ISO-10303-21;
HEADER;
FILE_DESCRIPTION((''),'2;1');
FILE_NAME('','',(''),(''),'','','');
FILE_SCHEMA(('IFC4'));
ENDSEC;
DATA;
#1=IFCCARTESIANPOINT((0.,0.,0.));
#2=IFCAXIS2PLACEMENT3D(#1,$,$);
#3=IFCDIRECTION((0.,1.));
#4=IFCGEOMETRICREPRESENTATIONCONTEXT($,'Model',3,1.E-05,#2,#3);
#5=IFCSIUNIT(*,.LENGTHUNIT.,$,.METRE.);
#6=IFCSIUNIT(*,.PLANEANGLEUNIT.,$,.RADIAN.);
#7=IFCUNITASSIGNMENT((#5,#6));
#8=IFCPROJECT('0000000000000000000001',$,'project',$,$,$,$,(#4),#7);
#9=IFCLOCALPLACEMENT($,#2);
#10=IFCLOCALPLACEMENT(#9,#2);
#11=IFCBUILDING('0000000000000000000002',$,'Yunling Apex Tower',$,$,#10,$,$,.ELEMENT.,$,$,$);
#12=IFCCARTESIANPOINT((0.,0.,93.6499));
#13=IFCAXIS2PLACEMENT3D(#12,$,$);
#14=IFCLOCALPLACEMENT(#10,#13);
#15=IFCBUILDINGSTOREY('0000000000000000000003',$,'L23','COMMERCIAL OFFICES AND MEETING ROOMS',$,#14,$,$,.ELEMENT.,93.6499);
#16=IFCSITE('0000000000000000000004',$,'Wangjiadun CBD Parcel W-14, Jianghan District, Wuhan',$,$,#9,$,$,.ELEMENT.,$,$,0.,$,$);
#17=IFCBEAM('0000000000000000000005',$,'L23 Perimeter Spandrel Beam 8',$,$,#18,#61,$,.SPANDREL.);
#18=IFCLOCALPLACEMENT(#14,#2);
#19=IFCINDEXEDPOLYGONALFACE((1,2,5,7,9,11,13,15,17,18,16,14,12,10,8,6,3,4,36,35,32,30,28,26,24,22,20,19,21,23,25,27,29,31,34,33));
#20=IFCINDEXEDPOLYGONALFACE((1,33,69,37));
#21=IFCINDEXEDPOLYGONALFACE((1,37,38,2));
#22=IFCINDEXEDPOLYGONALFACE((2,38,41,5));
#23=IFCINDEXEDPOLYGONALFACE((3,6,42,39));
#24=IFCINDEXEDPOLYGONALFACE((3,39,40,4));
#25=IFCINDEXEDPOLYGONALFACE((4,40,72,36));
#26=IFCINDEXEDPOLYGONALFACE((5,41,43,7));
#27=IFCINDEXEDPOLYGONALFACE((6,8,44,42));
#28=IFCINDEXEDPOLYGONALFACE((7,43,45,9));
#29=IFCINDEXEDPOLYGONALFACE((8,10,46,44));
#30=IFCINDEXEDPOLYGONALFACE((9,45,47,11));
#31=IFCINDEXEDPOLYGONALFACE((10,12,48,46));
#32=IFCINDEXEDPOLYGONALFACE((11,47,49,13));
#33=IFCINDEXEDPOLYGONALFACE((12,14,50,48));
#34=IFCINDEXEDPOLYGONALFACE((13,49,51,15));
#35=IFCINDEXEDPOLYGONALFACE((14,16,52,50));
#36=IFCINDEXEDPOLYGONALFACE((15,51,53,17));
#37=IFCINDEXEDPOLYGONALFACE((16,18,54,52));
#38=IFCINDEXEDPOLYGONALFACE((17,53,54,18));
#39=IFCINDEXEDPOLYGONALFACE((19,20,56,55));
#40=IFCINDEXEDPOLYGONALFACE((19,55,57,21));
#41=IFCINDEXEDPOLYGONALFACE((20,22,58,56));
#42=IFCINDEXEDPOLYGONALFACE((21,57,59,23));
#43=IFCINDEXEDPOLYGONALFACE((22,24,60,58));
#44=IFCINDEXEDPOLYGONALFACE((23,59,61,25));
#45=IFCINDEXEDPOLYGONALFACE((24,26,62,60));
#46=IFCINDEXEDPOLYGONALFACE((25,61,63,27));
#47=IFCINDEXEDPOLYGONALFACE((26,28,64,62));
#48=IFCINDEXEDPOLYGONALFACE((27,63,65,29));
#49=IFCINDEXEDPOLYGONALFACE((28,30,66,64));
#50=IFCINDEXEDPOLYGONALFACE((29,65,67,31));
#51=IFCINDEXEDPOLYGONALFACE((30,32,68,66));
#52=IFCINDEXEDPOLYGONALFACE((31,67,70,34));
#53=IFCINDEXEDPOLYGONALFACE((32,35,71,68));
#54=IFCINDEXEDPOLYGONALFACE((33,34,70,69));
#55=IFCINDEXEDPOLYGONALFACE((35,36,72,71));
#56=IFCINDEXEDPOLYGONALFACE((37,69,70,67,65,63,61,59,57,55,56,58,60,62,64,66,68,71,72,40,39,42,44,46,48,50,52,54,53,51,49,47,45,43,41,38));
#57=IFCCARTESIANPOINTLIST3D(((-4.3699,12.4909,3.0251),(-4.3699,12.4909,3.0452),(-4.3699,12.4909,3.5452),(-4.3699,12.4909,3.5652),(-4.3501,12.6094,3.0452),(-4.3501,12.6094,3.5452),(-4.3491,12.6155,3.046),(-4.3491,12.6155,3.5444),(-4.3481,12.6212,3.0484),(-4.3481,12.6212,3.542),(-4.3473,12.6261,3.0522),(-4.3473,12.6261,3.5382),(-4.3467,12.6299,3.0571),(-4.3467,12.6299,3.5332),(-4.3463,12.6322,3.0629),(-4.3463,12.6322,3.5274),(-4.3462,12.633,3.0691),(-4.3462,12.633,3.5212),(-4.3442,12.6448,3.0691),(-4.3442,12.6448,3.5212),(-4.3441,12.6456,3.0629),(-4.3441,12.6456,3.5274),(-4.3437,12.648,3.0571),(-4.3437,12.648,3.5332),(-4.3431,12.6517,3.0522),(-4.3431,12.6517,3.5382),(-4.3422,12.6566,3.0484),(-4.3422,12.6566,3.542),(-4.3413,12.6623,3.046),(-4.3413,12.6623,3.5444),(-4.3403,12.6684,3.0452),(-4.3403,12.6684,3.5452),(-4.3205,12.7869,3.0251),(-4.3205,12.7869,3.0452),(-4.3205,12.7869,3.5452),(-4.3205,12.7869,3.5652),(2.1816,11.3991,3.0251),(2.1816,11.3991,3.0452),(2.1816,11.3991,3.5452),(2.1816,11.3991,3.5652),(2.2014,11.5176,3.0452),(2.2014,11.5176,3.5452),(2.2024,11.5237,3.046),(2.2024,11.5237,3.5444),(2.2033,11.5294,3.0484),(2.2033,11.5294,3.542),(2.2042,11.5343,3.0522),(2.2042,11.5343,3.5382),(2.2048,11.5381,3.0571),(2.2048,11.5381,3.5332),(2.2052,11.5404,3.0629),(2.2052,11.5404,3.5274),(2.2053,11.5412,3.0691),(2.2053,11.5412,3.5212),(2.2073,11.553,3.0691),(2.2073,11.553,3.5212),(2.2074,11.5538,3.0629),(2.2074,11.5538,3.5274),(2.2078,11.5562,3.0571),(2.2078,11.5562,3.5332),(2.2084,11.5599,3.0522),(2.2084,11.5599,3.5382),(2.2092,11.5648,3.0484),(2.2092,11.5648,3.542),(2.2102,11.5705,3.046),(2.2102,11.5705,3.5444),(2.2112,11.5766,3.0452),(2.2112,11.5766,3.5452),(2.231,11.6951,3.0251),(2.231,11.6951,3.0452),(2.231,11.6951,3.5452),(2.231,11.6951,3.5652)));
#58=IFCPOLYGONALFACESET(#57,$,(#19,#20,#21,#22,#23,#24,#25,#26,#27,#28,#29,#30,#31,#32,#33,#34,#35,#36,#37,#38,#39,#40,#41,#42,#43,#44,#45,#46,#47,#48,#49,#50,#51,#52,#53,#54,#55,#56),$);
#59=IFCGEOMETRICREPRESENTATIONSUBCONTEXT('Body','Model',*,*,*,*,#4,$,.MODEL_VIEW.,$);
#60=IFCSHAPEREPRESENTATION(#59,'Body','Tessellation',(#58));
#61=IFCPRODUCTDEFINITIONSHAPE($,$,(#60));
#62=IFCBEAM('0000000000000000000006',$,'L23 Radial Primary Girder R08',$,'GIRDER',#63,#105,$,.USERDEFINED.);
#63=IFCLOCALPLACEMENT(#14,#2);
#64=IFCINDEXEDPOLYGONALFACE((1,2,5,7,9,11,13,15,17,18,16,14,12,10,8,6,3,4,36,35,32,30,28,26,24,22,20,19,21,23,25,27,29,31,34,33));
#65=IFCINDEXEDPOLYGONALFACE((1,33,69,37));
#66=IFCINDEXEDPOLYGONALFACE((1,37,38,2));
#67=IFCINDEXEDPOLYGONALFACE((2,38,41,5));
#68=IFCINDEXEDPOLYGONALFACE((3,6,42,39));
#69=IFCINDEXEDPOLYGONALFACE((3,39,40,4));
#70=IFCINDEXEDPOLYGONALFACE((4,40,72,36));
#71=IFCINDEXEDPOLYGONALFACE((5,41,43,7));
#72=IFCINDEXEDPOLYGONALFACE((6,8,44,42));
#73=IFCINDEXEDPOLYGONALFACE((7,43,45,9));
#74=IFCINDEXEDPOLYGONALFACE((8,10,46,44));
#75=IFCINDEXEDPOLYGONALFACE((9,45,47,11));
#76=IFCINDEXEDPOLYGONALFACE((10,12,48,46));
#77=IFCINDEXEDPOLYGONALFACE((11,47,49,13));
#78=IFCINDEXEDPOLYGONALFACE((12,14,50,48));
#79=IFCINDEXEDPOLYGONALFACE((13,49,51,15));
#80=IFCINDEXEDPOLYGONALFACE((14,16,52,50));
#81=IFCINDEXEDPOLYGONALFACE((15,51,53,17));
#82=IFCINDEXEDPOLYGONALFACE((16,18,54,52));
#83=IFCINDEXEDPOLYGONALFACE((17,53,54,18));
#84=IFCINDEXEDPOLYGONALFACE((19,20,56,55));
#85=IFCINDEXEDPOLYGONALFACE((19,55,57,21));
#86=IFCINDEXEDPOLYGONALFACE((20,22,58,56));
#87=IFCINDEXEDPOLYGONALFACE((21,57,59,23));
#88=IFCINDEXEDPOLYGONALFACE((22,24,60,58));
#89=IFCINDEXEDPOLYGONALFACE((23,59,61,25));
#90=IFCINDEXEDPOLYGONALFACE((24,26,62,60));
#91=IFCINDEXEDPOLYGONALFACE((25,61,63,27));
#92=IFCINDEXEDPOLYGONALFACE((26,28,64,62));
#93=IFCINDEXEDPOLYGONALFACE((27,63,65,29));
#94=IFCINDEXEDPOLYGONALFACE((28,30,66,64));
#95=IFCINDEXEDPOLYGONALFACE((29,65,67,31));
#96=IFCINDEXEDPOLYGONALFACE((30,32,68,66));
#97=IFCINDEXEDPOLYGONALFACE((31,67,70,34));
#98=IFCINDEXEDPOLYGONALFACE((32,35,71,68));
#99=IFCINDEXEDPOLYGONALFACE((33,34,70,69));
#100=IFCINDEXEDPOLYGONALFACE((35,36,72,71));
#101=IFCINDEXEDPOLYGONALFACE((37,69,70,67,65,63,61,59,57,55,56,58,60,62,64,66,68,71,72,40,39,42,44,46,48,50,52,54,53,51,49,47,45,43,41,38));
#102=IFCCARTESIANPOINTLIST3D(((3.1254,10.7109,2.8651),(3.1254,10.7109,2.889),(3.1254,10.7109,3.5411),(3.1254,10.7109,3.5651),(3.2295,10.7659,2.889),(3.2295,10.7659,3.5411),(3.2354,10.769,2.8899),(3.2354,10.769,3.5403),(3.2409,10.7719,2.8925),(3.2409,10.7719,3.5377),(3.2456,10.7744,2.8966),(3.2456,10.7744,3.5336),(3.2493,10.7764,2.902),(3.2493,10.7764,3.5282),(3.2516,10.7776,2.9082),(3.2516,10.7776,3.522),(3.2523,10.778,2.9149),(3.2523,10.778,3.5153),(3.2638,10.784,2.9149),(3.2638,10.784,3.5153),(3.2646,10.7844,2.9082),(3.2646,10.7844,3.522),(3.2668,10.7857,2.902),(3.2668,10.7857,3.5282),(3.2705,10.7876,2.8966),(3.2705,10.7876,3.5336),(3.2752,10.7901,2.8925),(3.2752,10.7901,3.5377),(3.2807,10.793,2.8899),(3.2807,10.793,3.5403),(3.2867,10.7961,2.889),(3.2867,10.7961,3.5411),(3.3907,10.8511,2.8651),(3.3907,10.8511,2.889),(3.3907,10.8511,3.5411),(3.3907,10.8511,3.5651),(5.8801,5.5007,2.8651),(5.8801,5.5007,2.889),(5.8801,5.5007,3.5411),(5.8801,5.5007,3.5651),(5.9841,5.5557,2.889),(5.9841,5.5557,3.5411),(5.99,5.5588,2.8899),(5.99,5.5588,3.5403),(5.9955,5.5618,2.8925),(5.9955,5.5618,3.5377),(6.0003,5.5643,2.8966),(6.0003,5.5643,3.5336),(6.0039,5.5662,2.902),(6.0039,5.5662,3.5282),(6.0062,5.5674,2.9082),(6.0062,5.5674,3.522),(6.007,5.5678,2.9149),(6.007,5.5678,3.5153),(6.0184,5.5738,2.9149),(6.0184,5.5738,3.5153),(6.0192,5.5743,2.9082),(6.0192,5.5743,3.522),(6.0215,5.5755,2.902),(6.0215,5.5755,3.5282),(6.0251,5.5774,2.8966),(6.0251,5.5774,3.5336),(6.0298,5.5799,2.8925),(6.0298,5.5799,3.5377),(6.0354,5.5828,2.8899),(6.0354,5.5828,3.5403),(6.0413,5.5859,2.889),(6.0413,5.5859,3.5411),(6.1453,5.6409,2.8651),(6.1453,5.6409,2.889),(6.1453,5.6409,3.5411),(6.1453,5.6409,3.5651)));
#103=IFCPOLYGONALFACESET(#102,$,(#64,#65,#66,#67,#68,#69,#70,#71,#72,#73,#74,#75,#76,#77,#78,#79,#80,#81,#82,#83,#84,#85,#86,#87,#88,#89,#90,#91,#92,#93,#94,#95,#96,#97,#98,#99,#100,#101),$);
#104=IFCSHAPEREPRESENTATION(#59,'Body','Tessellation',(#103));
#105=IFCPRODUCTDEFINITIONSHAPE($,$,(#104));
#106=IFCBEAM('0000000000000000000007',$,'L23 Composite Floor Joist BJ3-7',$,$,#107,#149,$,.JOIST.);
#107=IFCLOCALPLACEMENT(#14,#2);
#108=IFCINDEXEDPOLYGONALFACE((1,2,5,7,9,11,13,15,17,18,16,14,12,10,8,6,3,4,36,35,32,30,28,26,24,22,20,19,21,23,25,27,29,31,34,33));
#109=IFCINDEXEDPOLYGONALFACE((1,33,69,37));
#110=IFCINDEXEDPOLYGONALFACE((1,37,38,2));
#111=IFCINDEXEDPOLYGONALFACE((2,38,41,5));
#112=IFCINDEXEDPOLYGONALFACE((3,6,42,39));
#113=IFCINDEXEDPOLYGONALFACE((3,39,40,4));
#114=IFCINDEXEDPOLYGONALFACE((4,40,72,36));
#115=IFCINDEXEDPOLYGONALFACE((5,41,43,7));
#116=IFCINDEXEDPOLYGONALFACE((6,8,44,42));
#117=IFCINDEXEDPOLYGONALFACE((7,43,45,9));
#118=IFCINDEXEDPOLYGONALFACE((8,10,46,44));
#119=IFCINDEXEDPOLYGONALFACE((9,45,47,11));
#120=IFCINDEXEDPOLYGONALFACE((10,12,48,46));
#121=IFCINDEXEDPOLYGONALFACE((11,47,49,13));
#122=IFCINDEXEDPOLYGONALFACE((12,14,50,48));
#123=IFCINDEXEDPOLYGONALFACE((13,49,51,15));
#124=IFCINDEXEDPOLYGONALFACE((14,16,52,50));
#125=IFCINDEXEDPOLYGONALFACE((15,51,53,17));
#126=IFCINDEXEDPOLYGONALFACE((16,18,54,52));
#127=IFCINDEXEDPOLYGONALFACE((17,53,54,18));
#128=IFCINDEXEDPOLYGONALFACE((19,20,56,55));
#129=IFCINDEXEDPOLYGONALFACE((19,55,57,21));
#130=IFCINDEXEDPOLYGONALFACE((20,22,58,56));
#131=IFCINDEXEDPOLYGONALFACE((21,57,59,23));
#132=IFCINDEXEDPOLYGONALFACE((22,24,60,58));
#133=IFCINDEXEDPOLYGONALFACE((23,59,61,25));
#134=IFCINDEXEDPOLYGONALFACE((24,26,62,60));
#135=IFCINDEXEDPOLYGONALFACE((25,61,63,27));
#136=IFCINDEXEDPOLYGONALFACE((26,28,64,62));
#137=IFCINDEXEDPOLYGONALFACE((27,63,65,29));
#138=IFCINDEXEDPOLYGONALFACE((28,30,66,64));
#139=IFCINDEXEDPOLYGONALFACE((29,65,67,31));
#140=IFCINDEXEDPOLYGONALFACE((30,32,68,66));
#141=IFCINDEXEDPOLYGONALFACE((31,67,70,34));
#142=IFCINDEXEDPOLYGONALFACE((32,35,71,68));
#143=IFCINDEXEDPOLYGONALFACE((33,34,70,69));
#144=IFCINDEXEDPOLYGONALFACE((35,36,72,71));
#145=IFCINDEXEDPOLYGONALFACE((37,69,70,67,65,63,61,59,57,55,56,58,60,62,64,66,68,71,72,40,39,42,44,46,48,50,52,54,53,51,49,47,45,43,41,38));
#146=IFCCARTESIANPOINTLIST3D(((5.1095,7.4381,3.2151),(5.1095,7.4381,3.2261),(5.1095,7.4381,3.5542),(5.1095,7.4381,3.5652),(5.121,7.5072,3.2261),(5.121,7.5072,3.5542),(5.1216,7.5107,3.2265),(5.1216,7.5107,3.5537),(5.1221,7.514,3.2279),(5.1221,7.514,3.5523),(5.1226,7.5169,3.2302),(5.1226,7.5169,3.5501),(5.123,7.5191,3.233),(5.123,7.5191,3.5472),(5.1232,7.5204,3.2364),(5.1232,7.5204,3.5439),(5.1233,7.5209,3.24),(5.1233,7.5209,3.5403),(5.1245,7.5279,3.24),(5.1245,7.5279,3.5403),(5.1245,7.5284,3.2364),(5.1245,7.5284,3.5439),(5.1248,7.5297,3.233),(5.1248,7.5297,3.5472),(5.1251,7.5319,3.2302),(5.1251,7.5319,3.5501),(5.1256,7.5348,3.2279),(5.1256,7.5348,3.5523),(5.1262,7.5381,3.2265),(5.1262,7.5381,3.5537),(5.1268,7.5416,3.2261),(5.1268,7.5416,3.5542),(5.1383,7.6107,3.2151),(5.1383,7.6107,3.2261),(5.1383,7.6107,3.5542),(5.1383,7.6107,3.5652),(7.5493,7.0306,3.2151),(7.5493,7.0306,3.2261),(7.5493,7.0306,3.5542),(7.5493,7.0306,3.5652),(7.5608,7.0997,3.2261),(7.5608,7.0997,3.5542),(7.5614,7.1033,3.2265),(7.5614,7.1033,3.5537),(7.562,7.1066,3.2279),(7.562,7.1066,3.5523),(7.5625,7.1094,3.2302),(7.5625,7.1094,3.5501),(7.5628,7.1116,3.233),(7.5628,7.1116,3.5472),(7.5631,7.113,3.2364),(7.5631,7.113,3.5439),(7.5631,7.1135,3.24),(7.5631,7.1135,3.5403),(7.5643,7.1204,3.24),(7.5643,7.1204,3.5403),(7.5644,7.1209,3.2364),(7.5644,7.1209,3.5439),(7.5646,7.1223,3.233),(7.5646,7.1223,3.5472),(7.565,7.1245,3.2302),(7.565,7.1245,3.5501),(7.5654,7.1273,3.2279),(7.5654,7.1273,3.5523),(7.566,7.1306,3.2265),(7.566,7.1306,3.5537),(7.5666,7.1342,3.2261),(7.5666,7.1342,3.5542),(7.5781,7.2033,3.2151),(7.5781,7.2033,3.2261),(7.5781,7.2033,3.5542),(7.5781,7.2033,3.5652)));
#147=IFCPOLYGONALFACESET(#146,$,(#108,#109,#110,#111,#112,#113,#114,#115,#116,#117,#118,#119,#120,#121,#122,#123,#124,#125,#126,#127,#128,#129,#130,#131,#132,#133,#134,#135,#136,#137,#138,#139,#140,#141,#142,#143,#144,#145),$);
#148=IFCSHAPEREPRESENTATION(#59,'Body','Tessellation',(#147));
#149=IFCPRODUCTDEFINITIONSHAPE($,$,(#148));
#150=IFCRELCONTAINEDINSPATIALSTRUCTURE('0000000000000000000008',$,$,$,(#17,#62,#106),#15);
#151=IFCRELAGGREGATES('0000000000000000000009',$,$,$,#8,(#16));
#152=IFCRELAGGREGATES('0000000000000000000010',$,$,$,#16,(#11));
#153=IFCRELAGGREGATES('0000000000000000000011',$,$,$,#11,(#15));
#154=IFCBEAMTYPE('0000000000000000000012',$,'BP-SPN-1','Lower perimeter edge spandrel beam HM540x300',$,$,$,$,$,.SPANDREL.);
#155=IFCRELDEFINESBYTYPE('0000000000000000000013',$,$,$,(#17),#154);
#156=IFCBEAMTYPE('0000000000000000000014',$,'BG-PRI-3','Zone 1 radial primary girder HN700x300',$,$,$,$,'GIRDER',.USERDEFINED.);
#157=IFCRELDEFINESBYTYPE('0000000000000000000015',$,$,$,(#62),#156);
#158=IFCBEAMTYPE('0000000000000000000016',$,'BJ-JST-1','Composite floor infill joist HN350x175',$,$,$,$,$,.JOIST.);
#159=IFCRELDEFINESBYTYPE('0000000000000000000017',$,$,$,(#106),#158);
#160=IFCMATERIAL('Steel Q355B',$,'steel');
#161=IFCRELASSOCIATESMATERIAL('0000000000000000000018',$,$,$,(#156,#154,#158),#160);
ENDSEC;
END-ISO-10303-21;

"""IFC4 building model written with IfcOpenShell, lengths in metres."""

from ifc_helpers import new_model, si_unit, direction, frame, origin, origin_2d, place, context, subcontext, project, spatial, i_section, extrude, source, transform, mapped, material, material_profile, profile_set, type_object, element, save


model = new_model("IFC4")

# Units and contexts
model_context = context("Model", 3, precision=1e-05, world=origin(), true_north=direction((0.0, 1.0)))
body_context = subcontext(model_context, "Body", "Model", "MODEL_VIEW")
ifc_project = project(units=[si_unit("LENGTHUNIT", "METRE"), si_unit("PLANEANGLEUNIT", "RADIAN")], contexts=[model_context])

# Site, building, storey
site_placement = place(None, origin())
site = spatial("IfcSite", under=ifc_project, at=site_placement, Name="Wangjiadun CBD Parcel W-14, Jianghan District, Wuhan", CompositionType="ELEMENT", RefElevation=0.0)
building_placement = place(site_placement, origin())
building = spatial("IfcBuilding", under=site, at=building_placement, Name="Yunling Apex Tower", CompositionType="ELEMENT")
storey_placement = place(building_placement, frame((0.0, 0.0, 93.6499)))
storey = spatial("IfcBuildingStorey", under=building, at=storey_placement, Name="L23", Description="COMMERCIAL OFFICES AND MEETING ROOMS", CompositionType="ELEMENT", Elevation=93.6499)

# Beams
ifc_material_1 = material(Name="Steel Q355B", Category="steel")
ifc_material_profile_1 = material_profile(ifc_material_1, i_section(OverallWidth=0.3, OverallDepth=0.7, WebThickness=0.0129, FlangeThickness=0.0239, FilletRadius=0.0259, at=origin_2d()))
ifc_profile_set_1 = profile_set([ifc_material_profile_1], Name="Steel Q355B")
beam_type_1 = type_object("IfcBeamType", Name="BG-PRI-3", Description="Zone 1 radial primary girder HN700x300", ElementType="GIRDER", PredefinedType="USERDEFINED", material=ifc_profile_set_1)
ifc_material_profile_2 = material_profile(ifc_material_1, i_section(OverallWidth=0.3, OverallDepth=0.54, WebThickness=0.012, FlangeThickness=0.02, FilletRadius=0.0239, at=origin_2d()))
ifc_profile_set_2 = profile_set([ifc_material_profile_2], Name="Steel Q355B")
beam_type_2 = type_object("IfcBeamType", Name="BP-SPN-1", Description="Lower perimeter edge spandrel beam HM540x300", PredefinedType="SPANDREL", material=ifc_profile_set_2)
shared_shape_1 = source(origin(), body_context, "Body", "SweptSolid", [
    extrude(i_section(OverallWidth=0.3, OverallDepth=0.54, WebThickness=0.012, FlangeThickness=0.02, FilletRadius=0.0239, at=origin_2d()), origin(), (0.0, 0.0, 1.0), 6.6418),
])
beam_1_placement = place(storey_placement, frame((2.2063, 11.5471, 3.2952), z_axis=(-0.986397, 0.164381, 0.0), x_axis=(-0.164381, -0.986397, 0.0)))
element("IfcBeam", 1, at=beam_1_placement, inside=storey, type_object=beam_type_2, Name="L23 Perimeter Spandrel Beam 8", PredefinedType="SPANDREL", context=body_context, shape_type="MappedRepresentation", body=[
    mapped(shared_shape_1, transform((0.0, 0.0, 0.0), scale=1.0)),
])
shared_shape_2 = source(origin(), body_context, "Body", "SweptSolid", [
    extrude(i_section(OverallWidth=0.3, OverallDepth=0.7, WebThickness=0.0129, FlangeThickness=0.0239, FilletRadius=0.0259, at=origin_2d()), origin(), (0.0, 0.0, 1.0), 5.8936),
])
beam_2_placement = place(storey_placement, frame((3.2581, 10.781, 3.2151), z_axis=(0.467397, -0.884048, 0.0), x_axis=(0.884048, 0.467397, 0.0)))
element("IfcBeam", 2, at=beam_2_placement, inside=storey, type_object=beam_type_1, Name="L23 Radial Primary Girder R08", ObjectType="GIRDER", PredefinedType="USERDEFINED", context=body_context, shape_type="MappedRepresentation", body=[
    mapped(shared_shape_2, transform((0.0, 0.0, 0.0), scale=1.0)),
])
ifc_material_profile_3 = material_profile(ifc_material_1, i_section(OverallWidth=0.175, OverallDepth=0.3501, WebThickness=0.0071, FlangeThickness=0.011, FilletRadius=0.0139, at=origin_2d()))
ifc_profile_set_3 = profile_set([ifc_material_profile_3], Name="Steel Q355B")
beam_type_3 = type_object("IfcBeamType", Name="BJ-JST-1", Description="Composite floor infill joist HN350x175", PredefinedType="JOIST", material=ifc_profile_set_3)
shared_shape_3 = source(origin(), body_context, "Body", "SweptSolid", [
    extrude(i_section(OverallWidth=0.175, OverallDepth=0.3501, WebThickness=0.0071, FlangeThickness=0.011, FilletRadius=0.0139, at=origin_2d()), origin(), (0.0, 0.0, 1.0), 2.4736),
])
beam_3_placement = place(storey_placement, frame((7.5637, 7.1169, 3.3901), z_axis=(-0.986341, 0.164719, 0.0), x_axis=(-0.164719, -0.986341, 0.0)))
element("IfcBeam", 3, at=beam_3_placement, inside=storey, type_object=beam_type_3, Name="L23 Composite Floor Joist BJ3-7", PredefinedType="JOIST", context=body_context, shape_type="MappedRepresentation", body=[
    mapped(shared_shape_3, transform((0.0, 0.0, 0.0), scale=1.0)),
])

save(model, "model.ifc")
